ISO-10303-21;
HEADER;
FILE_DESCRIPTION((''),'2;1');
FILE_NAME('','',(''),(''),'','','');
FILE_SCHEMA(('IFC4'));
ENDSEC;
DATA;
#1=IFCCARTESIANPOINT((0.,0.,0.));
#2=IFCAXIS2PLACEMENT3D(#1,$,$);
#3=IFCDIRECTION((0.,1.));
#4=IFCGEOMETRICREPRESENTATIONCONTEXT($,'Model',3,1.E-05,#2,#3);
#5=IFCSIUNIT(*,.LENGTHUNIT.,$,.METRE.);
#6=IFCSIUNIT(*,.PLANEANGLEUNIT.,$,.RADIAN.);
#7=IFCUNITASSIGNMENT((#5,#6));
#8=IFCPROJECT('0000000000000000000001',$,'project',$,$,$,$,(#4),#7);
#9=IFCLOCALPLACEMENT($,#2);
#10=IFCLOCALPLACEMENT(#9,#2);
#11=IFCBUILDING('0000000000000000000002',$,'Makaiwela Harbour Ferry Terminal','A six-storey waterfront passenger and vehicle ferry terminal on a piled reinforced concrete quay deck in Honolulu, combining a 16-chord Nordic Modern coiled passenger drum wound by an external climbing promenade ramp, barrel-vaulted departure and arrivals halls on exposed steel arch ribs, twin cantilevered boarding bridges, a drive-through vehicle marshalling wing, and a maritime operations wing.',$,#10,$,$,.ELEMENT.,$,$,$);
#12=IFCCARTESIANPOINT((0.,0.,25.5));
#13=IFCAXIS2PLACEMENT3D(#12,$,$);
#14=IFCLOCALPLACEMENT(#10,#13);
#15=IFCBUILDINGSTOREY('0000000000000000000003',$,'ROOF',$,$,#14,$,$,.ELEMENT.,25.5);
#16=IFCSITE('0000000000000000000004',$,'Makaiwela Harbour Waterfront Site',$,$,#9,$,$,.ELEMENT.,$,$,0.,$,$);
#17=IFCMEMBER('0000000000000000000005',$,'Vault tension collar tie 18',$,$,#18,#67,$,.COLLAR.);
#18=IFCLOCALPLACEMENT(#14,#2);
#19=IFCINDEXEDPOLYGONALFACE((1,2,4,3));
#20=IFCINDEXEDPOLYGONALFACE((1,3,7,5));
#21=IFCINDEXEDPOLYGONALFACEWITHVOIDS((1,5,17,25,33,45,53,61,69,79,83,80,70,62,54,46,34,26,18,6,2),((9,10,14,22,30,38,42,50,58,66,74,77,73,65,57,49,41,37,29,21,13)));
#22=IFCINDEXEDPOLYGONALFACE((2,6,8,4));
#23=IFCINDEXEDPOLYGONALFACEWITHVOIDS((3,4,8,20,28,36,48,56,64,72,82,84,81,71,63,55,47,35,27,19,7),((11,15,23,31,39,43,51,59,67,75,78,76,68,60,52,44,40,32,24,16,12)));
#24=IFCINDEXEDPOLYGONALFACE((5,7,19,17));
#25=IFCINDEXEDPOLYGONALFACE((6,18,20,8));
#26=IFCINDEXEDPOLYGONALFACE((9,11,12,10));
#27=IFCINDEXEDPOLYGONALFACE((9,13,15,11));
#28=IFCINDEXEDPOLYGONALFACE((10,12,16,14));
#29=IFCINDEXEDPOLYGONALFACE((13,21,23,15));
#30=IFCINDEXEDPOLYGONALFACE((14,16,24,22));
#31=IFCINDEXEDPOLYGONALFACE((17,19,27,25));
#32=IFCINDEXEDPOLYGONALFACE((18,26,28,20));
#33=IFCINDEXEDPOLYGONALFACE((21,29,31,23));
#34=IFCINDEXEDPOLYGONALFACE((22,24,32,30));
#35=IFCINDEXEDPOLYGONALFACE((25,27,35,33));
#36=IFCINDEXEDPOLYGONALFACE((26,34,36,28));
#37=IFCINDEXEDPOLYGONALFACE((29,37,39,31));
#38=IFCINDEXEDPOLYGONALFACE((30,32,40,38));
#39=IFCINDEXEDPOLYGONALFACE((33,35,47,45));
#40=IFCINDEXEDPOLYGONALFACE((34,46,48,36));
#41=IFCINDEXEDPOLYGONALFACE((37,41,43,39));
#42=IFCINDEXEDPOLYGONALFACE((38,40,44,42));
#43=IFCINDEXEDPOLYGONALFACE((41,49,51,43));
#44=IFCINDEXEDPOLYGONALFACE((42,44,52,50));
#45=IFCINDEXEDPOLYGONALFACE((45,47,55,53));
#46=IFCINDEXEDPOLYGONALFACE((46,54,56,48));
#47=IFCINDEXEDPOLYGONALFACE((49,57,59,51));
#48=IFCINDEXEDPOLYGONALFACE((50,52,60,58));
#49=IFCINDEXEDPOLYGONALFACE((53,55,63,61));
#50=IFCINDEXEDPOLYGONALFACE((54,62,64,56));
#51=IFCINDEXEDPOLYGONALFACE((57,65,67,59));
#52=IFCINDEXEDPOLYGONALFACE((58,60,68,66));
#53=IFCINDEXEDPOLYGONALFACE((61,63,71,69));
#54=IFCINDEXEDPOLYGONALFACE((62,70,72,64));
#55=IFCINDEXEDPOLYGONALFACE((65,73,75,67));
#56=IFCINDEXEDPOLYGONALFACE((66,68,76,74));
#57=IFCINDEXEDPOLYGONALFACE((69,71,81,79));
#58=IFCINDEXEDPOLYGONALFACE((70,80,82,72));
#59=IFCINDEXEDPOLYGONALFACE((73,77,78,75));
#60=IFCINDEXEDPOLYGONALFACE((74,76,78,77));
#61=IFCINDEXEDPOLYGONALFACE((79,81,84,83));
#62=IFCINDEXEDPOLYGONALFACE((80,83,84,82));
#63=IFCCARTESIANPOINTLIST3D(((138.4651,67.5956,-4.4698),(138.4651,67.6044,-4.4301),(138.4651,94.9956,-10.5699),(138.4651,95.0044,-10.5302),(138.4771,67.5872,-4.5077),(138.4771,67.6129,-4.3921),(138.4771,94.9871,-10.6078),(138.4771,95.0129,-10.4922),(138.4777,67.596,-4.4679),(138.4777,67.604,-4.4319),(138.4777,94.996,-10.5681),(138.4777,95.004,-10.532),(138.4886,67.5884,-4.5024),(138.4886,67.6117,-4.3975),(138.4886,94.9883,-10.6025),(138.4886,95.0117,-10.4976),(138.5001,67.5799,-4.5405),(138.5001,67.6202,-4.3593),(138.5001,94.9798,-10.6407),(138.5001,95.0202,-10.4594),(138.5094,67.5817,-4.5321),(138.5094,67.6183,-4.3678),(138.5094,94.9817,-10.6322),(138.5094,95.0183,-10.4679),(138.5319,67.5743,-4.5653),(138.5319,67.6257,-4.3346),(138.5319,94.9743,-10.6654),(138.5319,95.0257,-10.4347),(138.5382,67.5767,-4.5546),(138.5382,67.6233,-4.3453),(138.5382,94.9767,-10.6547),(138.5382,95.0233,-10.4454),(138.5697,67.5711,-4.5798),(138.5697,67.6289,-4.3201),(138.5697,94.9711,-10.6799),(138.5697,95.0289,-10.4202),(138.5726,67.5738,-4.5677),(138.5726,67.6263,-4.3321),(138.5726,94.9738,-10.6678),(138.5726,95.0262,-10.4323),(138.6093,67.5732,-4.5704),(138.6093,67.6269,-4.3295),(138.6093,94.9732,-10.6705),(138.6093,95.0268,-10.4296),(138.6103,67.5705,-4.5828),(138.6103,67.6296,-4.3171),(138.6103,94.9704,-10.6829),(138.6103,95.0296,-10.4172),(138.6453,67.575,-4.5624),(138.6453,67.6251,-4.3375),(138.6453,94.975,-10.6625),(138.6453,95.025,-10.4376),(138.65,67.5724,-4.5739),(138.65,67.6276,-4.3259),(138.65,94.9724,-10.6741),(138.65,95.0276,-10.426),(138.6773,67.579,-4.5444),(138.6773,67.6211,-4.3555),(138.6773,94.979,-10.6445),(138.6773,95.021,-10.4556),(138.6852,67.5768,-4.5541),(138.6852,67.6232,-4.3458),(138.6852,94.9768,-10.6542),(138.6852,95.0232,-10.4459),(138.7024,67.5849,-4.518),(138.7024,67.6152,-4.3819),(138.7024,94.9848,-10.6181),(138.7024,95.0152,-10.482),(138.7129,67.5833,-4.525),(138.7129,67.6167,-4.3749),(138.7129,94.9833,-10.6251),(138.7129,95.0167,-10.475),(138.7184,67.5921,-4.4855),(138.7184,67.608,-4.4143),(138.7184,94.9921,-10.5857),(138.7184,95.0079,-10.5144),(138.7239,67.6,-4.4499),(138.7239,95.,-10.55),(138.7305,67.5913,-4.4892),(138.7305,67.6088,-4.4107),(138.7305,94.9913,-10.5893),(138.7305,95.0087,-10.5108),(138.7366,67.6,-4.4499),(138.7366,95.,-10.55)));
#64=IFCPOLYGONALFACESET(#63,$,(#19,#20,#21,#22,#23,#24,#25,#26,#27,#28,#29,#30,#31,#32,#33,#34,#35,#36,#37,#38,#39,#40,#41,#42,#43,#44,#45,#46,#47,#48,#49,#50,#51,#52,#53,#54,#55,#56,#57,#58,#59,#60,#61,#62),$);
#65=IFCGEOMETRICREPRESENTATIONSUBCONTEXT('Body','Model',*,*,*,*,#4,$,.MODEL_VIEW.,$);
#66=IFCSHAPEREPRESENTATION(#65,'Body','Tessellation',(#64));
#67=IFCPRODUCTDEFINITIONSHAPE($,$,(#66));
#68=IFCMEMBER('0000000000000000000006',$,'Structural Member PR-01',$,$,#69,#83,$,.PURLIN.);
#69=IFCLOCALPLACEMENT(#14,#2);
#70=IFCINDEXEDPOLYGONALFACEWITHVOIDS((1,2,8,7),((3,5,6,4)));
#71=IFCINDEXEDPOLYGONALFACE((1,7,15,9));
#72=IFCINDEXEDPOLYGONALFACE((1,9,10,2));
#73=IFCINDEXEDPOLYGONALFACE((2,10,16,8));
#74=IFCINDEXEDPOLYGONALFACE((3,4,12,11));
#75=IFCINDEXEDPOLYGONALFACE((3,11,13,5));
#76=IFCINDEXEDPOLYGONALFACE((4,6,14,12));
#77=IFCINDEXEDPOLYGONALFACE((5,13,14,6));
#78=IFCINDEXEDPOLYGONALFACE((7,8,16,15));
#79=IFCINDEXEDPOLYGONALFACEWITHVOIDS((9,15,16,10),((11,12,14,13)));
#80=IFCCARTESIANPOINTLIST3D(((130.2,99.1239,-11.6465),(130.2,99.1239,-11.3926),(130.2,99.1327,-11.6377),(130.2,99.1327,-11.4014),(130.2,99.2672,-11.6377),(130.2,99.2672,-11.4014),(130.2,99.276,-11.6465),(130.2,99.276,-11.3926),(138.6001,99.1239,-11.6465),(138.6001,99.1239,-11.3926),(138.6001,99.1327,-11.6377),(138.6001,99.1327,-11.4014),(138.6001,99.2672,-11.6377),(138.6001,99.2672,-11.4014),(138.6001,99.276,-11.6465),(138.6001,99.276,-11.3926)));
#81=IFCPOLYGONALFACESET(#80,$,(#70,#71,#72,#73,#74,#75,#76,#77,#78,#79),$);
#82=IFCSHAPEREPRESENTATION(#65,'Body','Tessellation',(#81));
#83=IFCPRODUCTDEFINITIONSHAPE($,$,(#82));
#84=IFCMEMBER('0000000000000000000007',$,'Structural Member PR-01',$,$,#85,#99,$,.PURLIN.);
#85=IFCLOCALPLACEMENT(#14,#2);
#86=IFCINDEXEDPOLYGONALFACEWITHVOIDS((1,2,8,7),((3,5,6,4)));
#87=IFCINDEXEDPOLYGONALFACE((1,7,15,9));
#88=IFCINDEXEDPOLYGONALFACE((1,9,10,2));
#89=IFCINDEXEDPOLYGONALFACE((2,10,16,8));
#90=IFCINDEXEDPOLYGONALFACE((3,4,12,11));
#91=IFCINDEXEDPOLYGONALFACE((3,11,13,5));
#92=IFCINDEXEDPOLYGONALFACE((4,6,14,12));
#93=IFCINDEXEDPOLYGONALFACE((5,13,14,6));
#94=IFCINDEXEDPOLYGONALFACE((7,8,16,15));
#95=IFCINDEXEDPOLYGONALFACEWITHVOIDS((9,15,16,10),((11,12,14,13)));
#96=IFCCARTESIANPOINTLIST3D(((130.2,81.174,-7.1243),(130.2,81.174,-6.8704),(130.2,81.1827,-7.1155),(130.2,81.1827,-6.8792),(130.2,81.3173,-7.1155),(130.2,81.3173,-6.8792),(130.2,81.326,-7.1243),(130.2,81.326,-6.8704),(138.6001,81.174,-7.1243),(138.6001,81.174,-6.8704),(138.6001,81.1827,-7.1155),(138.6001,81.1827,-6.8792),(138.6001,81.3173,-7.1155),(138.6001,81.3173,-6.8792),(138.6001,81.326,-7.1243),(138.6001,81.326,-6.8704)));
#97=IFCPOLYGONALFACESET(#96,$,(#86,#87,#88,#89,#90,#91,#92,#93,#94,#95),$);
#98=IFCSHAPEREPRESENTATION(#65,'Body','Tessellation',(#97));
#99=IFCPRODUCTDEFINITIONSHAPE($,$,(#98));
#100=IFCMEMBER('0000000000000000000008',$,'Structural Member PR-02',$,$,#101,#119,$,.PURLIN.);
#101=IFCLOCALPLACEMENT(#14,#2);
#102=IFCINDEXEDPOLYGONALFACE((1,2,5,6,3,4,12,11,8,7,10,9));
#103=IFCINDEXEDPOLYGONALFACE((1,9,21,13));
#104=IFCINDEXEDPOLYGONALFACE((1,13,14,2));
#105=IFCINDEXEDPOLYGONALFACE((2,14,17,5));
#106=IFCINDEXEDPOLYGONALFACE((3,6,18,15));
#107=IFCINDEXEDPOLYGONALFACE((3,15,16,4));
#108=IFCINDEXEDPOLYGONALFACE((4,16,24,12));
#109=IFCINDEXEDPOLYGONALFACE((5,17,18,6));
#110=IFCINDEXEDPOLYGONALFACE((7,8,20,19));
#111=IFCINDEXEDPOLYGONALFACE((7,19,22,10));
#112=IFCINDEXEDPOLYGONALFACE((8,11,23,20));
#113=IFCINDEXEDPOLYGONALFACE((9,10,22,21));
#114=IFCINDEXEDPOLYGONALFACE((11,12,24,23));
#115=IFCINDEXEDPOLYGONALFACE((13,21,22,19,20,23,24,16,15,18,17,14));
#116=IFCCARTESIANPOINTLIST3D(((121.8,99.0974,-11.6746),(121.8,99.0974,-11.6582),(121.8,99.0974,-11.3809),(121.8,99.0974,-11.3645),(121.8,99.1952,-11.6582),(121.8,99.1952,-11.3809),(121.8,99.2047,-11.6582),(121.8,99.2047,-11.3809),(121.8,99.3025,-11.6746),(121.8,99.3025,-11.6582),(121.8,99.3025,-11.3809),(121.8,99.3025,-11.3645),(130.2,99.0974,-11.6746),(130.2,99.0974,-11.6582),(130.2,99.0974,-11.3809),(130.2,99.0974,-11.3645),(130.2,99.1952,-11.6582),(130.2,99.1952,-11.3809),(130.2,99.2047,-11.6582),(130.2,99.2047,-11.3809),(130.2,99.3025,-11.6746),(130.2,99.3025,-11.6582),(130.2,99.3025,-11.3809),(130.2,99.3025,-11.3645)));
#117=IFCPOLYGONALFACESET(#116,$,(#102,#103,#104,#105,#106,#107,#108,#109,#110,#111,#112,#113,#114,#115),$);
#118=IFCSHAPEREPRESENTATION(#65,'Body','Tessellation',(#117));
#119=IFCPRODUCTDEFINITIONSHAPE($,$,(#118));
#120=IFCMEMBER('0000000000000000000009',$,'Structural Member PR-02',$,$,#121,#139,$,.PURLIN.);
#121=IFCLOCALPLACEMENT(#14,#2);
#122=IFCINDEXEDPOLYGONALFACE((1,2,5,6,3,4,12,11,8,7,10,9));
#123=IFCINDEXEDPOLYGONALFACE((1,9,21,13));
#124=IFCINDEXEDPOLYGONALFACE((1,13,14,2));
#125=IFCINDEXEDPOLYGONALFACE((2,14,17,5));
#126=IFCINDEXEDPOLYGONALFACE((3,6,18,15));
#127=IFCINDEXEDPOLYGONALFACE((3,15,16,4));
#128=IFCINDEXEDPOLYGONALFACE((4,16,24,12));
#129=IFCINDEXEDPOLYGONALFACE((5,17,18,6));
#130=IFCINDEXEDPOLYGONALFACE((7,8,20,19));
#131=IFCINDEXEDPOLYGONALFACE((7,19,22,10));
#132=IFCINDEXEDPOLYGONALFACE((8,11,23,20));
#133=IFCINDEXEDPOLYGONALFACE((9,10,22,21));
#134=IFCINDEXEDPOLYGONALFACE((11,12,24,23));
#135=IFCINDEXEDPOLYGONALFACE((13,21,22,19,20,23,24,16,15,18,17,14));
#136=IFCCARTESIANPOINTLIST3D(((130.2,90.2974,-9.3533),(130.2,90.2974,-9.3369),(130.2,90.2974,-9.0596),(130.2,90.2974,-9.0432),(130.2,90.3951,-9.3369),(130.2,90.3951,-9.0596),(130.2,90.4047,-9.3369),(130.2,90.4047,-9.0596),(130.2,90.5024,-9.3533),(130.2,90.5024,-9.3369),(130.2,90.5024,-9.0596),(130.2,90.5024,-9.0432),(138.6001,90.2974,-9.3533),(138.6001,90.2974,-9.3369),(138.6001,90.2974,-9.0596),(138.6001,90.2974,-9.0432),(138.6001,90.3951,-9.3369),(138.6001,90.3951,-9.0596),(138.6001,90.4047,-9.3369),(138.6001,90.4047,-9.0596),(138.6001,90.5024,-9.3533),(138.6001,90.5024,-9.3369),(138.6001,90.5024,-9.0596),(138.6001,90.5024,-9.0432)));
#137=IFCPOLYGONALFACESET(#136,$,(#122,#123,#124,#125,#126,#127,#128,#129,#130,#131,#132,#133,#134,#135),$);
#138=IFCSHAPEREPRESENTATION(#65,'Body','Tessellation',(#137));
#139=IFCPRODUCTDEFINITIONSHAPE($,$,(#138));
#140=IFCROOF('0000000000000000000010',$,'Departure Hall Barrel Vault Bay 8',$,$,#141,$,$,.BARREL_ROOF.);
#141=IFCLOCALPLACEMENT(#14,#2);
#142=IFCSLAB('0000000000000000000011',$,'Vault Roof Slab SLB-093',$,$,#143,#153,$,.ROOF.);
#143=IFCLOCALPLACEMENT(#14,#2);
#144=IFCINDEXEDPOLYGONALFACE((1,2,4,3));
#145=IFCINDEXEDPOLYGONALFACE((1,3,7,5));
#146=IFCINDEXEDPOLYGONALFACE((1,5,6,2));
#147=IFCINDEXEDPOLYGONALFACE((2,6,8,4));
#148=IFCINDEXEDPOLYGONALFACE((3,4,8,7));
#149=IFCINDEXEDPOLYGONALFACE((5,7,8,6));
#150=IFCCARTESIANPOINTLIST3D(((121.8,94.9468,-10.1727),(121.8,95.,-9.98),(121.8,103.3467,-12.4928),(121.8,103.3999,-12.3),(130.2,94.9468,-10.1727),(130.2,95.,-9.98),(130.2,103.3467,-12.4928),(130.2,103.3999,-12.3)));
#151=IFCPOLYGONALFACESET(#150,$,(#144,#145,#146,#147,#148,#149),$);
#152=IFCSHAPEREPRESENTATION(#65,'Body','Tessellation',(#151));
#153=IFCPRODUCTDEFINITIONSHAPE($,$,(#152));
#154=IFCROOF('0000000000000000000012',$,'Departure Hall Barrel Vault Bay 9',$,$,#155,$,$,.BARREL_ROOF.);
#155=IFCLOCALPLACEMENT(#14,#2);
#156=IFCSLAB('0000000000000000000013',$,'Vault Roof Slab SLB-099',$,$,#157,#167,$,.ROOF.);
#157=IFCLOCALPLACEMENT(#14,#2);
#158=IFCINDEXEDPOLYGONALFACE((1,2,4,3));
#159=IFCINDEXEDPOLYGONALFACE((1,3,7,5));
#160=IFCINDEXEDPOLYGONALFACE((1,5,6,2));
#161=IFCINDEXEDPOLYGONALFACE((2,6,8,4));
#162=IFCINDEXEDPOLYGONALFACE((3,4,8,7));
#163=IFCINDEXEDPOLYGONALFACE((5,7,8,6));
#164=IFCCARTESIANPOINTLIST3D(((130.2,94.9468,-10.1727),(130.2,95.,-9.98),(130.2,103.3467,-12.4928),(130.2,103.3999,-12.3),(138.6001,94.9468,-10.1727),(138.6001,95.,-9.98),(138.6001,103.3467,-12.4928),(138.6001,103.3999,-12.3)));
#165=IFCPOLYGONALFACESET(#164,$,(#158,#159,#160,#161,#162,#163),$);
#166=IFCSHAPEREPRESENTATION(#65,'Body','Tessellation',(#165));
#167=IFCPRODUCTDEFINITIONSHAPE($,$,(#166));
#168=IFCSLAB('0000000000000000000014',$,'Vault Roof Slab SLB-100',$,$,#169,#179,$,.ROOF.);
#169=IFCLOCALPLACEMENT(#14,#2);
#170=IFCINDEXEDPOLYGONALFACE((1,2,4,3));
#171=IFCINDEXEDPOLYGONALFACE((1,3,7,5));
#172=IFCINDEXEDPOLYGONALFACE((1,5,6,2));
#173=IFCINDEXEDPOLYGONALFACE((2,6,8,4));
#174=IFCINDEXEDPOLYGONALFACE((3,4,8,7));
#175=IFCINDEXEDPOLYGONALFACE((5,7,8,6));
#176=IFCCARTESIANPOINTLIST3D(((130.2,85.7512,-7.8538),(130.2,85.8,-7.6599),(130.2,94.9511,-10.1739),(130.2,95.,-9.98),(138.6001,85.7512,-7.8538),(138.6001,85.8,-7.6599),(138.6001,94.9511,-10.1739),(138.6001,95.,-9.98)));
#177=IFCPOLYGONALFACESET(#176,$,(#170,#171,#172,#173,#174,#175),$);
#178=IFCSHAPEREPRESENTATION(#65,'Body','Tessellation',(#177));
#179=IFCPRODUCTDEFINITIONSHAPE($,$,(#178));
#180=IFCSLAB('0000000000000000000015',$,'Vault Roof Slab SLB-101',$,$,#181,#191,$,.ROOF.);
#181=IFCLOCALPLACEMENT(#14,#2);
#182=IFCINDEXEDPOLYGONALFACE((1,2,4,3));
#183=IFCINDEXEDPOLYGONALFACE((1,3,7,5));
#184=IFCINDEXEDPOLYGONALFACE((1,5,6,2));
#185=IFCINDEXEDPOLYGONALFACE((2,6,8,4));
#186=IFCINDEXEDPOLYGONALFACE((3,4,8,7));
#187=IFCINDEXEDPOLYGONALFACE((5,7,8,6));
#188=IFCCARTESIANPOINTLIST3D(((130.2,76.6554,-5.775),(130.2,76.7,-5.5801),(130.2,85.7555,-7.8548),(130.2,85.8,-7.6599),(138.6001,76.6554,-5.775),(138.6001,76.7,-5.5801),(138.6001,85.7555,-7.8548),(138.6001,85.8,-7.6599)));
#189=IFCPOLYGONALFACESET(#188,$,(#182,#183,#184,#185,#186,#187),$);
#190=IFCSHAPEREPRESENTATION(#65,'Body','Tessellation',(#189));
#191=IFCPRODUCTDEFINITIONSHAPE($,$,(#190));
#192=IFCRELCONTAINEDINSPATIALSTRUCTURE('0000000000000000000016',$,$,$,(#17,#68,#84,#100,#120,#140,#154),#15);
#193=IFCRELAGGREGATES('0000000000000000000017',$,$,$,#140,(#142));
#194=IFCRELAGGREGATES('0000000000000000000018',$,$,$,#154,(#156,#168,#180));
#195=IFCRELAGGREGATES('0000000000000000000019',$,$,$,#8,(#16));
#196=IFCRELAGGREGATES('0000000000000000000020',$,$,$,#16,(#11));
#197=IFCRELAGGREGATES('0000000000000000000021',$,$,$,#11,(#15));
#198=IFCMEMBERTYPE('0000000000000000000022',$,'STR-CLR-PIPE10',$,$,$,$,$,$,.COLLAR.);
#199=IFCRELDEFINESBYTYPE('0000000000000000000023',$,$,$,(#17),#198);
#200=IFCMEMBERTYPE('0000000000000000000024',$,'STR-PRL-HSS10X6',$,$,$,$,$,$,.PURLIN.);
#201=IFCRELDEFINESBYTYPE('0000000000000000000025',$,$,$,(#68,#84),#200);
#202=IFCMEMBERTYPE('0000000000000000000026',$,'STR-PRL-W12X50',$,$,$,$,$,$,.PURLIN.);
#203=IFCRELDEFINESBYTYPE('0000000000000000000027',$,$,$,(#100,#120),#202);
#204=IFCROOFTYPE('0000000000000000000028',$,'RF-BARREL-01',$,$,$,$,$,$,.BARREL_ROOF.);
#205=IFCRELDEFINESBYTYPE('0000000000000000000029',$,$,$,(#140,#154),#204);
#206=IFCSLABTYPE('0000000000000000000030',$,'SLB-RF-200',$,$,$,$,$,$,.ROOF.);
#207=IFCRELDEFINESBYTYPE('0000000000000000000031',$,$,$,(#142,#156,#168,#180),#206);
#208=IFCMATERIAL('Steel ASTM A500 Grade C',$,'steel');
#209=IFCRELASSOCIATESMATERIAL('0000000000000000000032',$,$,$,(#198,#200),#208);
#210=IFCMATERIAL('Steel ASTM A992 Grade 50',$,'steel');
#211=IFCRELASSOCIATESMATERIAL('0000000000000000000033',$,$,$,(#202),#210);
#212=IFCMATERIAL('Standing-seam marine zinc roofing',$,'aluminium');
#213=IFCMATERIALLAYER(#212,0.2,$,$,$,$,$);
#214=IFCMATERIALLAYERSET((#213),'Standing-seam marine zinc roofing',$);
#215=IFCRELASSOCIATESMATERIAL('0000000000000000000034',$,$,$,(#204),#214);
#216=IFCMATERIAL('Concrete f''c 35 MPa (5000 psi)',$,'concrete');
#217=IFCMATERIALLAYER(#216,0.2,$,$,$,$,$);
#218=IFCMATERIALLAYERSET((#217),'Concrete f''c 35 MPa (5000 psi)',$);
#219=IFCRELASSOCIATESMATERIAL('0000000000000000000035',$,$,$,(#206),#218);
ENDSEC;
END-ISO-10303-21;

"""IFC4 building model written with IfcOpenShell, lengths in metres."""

from ifc_helpers import new_model, si_unit, direction, frame, origin, origin_2d, place, context, subcontext, project, spatial, polyline, hollow_rectangle, hollow_circle, i_section, outline, extrude, material, layer, layer_set, material_profile, profile_set, type_object, element, aggregate, save


model = new_model("IFC4")

# Units and contexts
model_context = context("Model", 3, precision=1e-05, world=origin(), true_north=direction((0.0, 1.0)))
body_context = subcontext(model_context, "Body", "Model", "MODEL_VIEW")
ifc_project = project(units=[si_unit("LENGTHUNIT", "METRE"), si_unit("PLANEANGLEUNIT", "RADIAN")], contexts=[model_context])

# Site, building, storey
site_placement = place(None, origin())
site = spatial("IfcSite", under=ifc_project, at=site_placement, Name="Makaiwela Harbour Waterfront Site", CompositionType="ELEMENT", RefElevation=0.0)
building_placement = place(site_placement, origin())
building = spatial("IfcBuilding", under=site, at=building_placement, Name="Makaiwela Harbour Ferry Terminal", Description="A six-storey waterfront passenger and vehicle ferry terminal on a piled reinforced concrete quay deck in Honolulu, combining a 16-chord Nordic Modern coiled passenger drum wound by an external climbing promenade ramp, barrel-vaulted departure and arrivals halls on exposed steel arch ribs, twin cantilevered boarding bridges, a drive-through vehicle marshalling wing, and a maritime operations wing.", CompositionType="ELEMENT")
storey_placement = place(building_placement, frame((0.0, 0.0, 25.5)))
storey = spatial("IfcBuildingStorey", under=building, at=storey_placement, Name="ROOF", CompositionType="ELEMENT", Elevation=25.5)

# Shared definitions
ifc_material_1 = material(Name="Steel ASTM A992 Grade 50", Category="steel")

# Members
ifc_material_2 = material(Name="Steel ASTM A500 Grade C", Category="steel")
ifc_material_profile_1 = material_profile(ifc_material_2, hollow_circle(Radius=0.1365, WallThickness=0.0127, at=origin_2d()), Name="PIPE10XS")
ifc_profile_set_1 = profile_set([ifc_material_profile_1], Name="Steel ASTM A500 Grade C")
member_type_1 = type_object("IfcMemberType", Name="STR-CLR-PIPE10", PredefinedType="COLLAR", material=ifc_profile_set_1)
for number, where, z_axis, x_axis, name in (
    (1, (138.6001, 95.0, -10.55), (0.0, -0.976102, 0.217312), (1.0, 0.0, 0.0), "Vault tension collar tie 18"),
):
    element("IfcMember", number, at=place(storey_placement, frame(where, z_axis=z_axis, x_axis=x_axis)), inside=storey, type_object=member_type_1, Name=name, PredefinedType="COLLAR", context=body_context, shape_type="SweptSolid", body=[
        extrude(hollow_circle(Radius=0.1365, WallThickness=0.0127, at=origin_2d()), origin(), (0.0, 0.0, 1.0), 28.0708),
    ])
ifc_material_profile_2 = material_profile(ifc_material_2, hollow_rectangle(XDim=0.1521, YDim=0.2539, WallThickness=0.0088, at=origin_2d()), Name="HSS10X6X3/8")
ifc_profile_set_2 = profile_set([ifc_material_profile_2], Name="Steel ASTM A500 Grade C")
member_type_2 = type_object("IfcMemberType", Name="STR-PRL-HSS10X6", PredefinedType="PURLIN", material=ifc_profile_set_2)
for number, where, z_axis, x_axis, name in (
    (2, (130.2, 99.2, -11.5195), (1.0, 0.0, 0.0), (0.0, 1.0, 0.0), "Structural Member PR-01"),
    (3, (130.2, 81.25, -6.9973), (1.0, 0.0, 0.0), (0.0, 1.0, 0.0), "Structural Member PR-01"),
):
    element("IfcMember", number, at=place(storey_placement, frame(where, z_axis=z_axis, x_axis=x_axis)), inside=storey, type_object=member_type_2, Name=name, PredefinedType="PURLIN", context=body_context, shape_type="SweptSolid", body=[
        extrude(hollow_rectangle(XDim=0.1521, YDim=0.2539, WallThickness=0.0088, at=origin_2d()), origin(), (0.0, 0.0, 1.0), 8.4001),
    ])
ifc_material_profile_3 = material_profile(ifc_material_1, i_section(OverallWidth=0.2051, OverallDepth=0.3101, WebThickness=0.0095, FlangeThickness=0.0164, at=origin_2d()), Name="W12X50")
ifc_profile_set_3 = profile_set([ifc_material_profile_3], Name="Steel ASTM A992 Grade 50")
member_type_3 = type_object("IfcMemberType", Name="STR-PRL-W12X50", PredefinedType="PURLIN", material=ifc_profile_set_3)
member_1_placement = place(storey_placement, frame((121.8, 99.2, -11.5195), z_axis=(1.0, 0.0, 0.0), x_axis=(0.0, 1.0, 0.0)))
element("IfcMember", 4, at=member_1_placement, inside=storey, type_object=member_type_3, Name="Structural Member PR-02", PredefinedType="PURLIN", context=body_context, shape_type="SweptSolid", body=[
    extrude(i_section(OverallWidth=0.2051, OverallDepth=0.3101, WebThickness=0.0095, FlangeThickness=0.0164, at=origin_2d()), origin(), (0.0, 0.0, 1.0), 8.3999),
])
member_2_placement = place(storey_placement, frame((130.2, 90.3999, -9.1982), z_axis=(1.0, 0.0, 0.0), x_axis=(0.0, 1.0, 0.0)))
element("IfcMember", 5, at=member_2_placement, inside=storey, type_object=member_type_3, Name="Structural Member PR-02", PredefinedType="PURLIN", context=body_context, shape_type="SweptSolid", body=[
    extrude(i_section(OverallWidth=0.2051, OverallDepth=0.3101, WebThickness=0.0095, FlangeThickness=0.0164, at=origin_2d()), origin(), (0.0, 0.0, 1.0), 8.4001),
])

# Roof, slab
ifc_material_3 = material(Name="Standing-seam marine zinc roofing", Category="aluminium")
ifc_layer_1 = layer(ifc_material_3, 0.2)
ifc_layer_set_1 = layer_set([ifc_layer_1], Name="Standing-seam marine zinc roofing")
roof_type = type_object("IfcRoofType", Name="RF-BARREL-01", PredefinedType="BARREL_ROOF", material=ifc_layer_set_1)
roof_1_placement = place(storey_placement, origin())
roof_1 = element("IfcRoof", 6, at=roof_1_placement, inside=storey, type_object=roof_type, Name="Departure Hall Barrel Vault Bay 8", PredefinedType="BARREL_ROOF")
ifc_material_4 = material(Name="Concrete f'c 35 MPa (5000 psi)", Category="concrete")
ifc_layer_2 = layer(ifc_material_4, 0.2)
ifc_layer_set_2 = layer_set([ifc_layer_2], Name="Concrete f'c 35 MPa (5000 psi)")
slab_type = type_object("IfcSlabType", Name="SLB-RF-200", PredefinedType="ROOF", material=ifc_layer_set_2)
slab_1_placement = place(storey_placement, frame((121.8, 95.0, -9.98), z_axis=(0.0, 0.266233, 0.963909), x_axis=(1.0, 0.0, 0.0)))
slab_1 = element("IfcSlab", 7, at=slab_1_placement, type_object=slab_type, Name="Vault Roof Slab SLB-093", PredefinedType="ROOF", context=body_context, shape_type="SweptSolid", body=[
    extrude(outline(polyline([(0.0, 0.0), (8.3999, 0.0), (8.3999, 8.7144), (0.0, 8.7144), (0.0, 0.0)])), origin(), (0.0, 0.0, -1.0), 0.2),
])

# Roof, slabs
roof_2_placement = place(storey_placement, origin())
roof_2 = element("IfcRoof", 8, at=roof_2_placement, inside=storey, type_object=roof_type, Name="Departure Hall Barrel Vault Bay 9", PredefinedType="BARREL_ROOF")
slab_2_placement = place(storey_placement, frame((130.2, 95.0, -9.98), z_axis=(0.0, 0.266233, 0.963909), x_axis=(1.0, 0.0, 0.0)))
slab_2 = element("IfcSlab", 9, at=slab_2_placement, type_object=slab_type, Name="Vault Roof Slab SLB-099", PredefinedType="ROOF", context=body_context, shape_type="SweptSolid", body=[
    extrude(outline(polyline([(0.0, 0.0), (8.4001, 0.0), (8.4001, 8.7144), (0.0, 8.7144), (0.0, 0.0)])), origin(), (0.0, 0.0, -1.0), 0.2),
])
slab_3_placement = place(storey_placement, frame((130.2, 85.8, -7.6599), z_axis=(0.0, 0.244527, 0.969642), x_axis=(1.0, 0.0, 0.0)))
slab_3 = element("IfcSlab", 10, at=slab_3_placement, type_object=slab_type, Name="Vault Roof Slab SLB-100", PredefinedType="ROOF", context=body_context, shape_type="SweptSolid", body=[
    extrude(outline(polyline([(0.0, 0.0), (8.4001, 0.0), (8.4001, 9.488), (0.0, 9.488), (0.0, 0.0)])), origin(), (0.0, 0.0, -1.0), 0.2),
])
slab_4_placement = place(storey_placement, frame((130.2, 76.7, -5.5801), z_axis=(0.0, 0.222806, 0.974863), x_axis=(1.0, 0.0, 0.0)))
slab_4 = element("IfcSlab", 11, at=slab_4_placement, type_object=slab_type, Name="Vault Roof Slab SLB-101", PredefinedType="ROOF", context=body_context, shape_type="SweptSolid", body=[
    extrude(outline(polyline([(0.0, 0.0), (8.4001, 0.0), (8.4001, 9.3347), (0.0, 9.3347), (0.0, 0.0)])), origin(), (0.0, 0.0, -1.0), 0.2),
])

aggregate(roof_1, [slab_1])
aggregate(roof_2, [slab_2, slab_3, slab_4])

save(model, "model.ifc")
